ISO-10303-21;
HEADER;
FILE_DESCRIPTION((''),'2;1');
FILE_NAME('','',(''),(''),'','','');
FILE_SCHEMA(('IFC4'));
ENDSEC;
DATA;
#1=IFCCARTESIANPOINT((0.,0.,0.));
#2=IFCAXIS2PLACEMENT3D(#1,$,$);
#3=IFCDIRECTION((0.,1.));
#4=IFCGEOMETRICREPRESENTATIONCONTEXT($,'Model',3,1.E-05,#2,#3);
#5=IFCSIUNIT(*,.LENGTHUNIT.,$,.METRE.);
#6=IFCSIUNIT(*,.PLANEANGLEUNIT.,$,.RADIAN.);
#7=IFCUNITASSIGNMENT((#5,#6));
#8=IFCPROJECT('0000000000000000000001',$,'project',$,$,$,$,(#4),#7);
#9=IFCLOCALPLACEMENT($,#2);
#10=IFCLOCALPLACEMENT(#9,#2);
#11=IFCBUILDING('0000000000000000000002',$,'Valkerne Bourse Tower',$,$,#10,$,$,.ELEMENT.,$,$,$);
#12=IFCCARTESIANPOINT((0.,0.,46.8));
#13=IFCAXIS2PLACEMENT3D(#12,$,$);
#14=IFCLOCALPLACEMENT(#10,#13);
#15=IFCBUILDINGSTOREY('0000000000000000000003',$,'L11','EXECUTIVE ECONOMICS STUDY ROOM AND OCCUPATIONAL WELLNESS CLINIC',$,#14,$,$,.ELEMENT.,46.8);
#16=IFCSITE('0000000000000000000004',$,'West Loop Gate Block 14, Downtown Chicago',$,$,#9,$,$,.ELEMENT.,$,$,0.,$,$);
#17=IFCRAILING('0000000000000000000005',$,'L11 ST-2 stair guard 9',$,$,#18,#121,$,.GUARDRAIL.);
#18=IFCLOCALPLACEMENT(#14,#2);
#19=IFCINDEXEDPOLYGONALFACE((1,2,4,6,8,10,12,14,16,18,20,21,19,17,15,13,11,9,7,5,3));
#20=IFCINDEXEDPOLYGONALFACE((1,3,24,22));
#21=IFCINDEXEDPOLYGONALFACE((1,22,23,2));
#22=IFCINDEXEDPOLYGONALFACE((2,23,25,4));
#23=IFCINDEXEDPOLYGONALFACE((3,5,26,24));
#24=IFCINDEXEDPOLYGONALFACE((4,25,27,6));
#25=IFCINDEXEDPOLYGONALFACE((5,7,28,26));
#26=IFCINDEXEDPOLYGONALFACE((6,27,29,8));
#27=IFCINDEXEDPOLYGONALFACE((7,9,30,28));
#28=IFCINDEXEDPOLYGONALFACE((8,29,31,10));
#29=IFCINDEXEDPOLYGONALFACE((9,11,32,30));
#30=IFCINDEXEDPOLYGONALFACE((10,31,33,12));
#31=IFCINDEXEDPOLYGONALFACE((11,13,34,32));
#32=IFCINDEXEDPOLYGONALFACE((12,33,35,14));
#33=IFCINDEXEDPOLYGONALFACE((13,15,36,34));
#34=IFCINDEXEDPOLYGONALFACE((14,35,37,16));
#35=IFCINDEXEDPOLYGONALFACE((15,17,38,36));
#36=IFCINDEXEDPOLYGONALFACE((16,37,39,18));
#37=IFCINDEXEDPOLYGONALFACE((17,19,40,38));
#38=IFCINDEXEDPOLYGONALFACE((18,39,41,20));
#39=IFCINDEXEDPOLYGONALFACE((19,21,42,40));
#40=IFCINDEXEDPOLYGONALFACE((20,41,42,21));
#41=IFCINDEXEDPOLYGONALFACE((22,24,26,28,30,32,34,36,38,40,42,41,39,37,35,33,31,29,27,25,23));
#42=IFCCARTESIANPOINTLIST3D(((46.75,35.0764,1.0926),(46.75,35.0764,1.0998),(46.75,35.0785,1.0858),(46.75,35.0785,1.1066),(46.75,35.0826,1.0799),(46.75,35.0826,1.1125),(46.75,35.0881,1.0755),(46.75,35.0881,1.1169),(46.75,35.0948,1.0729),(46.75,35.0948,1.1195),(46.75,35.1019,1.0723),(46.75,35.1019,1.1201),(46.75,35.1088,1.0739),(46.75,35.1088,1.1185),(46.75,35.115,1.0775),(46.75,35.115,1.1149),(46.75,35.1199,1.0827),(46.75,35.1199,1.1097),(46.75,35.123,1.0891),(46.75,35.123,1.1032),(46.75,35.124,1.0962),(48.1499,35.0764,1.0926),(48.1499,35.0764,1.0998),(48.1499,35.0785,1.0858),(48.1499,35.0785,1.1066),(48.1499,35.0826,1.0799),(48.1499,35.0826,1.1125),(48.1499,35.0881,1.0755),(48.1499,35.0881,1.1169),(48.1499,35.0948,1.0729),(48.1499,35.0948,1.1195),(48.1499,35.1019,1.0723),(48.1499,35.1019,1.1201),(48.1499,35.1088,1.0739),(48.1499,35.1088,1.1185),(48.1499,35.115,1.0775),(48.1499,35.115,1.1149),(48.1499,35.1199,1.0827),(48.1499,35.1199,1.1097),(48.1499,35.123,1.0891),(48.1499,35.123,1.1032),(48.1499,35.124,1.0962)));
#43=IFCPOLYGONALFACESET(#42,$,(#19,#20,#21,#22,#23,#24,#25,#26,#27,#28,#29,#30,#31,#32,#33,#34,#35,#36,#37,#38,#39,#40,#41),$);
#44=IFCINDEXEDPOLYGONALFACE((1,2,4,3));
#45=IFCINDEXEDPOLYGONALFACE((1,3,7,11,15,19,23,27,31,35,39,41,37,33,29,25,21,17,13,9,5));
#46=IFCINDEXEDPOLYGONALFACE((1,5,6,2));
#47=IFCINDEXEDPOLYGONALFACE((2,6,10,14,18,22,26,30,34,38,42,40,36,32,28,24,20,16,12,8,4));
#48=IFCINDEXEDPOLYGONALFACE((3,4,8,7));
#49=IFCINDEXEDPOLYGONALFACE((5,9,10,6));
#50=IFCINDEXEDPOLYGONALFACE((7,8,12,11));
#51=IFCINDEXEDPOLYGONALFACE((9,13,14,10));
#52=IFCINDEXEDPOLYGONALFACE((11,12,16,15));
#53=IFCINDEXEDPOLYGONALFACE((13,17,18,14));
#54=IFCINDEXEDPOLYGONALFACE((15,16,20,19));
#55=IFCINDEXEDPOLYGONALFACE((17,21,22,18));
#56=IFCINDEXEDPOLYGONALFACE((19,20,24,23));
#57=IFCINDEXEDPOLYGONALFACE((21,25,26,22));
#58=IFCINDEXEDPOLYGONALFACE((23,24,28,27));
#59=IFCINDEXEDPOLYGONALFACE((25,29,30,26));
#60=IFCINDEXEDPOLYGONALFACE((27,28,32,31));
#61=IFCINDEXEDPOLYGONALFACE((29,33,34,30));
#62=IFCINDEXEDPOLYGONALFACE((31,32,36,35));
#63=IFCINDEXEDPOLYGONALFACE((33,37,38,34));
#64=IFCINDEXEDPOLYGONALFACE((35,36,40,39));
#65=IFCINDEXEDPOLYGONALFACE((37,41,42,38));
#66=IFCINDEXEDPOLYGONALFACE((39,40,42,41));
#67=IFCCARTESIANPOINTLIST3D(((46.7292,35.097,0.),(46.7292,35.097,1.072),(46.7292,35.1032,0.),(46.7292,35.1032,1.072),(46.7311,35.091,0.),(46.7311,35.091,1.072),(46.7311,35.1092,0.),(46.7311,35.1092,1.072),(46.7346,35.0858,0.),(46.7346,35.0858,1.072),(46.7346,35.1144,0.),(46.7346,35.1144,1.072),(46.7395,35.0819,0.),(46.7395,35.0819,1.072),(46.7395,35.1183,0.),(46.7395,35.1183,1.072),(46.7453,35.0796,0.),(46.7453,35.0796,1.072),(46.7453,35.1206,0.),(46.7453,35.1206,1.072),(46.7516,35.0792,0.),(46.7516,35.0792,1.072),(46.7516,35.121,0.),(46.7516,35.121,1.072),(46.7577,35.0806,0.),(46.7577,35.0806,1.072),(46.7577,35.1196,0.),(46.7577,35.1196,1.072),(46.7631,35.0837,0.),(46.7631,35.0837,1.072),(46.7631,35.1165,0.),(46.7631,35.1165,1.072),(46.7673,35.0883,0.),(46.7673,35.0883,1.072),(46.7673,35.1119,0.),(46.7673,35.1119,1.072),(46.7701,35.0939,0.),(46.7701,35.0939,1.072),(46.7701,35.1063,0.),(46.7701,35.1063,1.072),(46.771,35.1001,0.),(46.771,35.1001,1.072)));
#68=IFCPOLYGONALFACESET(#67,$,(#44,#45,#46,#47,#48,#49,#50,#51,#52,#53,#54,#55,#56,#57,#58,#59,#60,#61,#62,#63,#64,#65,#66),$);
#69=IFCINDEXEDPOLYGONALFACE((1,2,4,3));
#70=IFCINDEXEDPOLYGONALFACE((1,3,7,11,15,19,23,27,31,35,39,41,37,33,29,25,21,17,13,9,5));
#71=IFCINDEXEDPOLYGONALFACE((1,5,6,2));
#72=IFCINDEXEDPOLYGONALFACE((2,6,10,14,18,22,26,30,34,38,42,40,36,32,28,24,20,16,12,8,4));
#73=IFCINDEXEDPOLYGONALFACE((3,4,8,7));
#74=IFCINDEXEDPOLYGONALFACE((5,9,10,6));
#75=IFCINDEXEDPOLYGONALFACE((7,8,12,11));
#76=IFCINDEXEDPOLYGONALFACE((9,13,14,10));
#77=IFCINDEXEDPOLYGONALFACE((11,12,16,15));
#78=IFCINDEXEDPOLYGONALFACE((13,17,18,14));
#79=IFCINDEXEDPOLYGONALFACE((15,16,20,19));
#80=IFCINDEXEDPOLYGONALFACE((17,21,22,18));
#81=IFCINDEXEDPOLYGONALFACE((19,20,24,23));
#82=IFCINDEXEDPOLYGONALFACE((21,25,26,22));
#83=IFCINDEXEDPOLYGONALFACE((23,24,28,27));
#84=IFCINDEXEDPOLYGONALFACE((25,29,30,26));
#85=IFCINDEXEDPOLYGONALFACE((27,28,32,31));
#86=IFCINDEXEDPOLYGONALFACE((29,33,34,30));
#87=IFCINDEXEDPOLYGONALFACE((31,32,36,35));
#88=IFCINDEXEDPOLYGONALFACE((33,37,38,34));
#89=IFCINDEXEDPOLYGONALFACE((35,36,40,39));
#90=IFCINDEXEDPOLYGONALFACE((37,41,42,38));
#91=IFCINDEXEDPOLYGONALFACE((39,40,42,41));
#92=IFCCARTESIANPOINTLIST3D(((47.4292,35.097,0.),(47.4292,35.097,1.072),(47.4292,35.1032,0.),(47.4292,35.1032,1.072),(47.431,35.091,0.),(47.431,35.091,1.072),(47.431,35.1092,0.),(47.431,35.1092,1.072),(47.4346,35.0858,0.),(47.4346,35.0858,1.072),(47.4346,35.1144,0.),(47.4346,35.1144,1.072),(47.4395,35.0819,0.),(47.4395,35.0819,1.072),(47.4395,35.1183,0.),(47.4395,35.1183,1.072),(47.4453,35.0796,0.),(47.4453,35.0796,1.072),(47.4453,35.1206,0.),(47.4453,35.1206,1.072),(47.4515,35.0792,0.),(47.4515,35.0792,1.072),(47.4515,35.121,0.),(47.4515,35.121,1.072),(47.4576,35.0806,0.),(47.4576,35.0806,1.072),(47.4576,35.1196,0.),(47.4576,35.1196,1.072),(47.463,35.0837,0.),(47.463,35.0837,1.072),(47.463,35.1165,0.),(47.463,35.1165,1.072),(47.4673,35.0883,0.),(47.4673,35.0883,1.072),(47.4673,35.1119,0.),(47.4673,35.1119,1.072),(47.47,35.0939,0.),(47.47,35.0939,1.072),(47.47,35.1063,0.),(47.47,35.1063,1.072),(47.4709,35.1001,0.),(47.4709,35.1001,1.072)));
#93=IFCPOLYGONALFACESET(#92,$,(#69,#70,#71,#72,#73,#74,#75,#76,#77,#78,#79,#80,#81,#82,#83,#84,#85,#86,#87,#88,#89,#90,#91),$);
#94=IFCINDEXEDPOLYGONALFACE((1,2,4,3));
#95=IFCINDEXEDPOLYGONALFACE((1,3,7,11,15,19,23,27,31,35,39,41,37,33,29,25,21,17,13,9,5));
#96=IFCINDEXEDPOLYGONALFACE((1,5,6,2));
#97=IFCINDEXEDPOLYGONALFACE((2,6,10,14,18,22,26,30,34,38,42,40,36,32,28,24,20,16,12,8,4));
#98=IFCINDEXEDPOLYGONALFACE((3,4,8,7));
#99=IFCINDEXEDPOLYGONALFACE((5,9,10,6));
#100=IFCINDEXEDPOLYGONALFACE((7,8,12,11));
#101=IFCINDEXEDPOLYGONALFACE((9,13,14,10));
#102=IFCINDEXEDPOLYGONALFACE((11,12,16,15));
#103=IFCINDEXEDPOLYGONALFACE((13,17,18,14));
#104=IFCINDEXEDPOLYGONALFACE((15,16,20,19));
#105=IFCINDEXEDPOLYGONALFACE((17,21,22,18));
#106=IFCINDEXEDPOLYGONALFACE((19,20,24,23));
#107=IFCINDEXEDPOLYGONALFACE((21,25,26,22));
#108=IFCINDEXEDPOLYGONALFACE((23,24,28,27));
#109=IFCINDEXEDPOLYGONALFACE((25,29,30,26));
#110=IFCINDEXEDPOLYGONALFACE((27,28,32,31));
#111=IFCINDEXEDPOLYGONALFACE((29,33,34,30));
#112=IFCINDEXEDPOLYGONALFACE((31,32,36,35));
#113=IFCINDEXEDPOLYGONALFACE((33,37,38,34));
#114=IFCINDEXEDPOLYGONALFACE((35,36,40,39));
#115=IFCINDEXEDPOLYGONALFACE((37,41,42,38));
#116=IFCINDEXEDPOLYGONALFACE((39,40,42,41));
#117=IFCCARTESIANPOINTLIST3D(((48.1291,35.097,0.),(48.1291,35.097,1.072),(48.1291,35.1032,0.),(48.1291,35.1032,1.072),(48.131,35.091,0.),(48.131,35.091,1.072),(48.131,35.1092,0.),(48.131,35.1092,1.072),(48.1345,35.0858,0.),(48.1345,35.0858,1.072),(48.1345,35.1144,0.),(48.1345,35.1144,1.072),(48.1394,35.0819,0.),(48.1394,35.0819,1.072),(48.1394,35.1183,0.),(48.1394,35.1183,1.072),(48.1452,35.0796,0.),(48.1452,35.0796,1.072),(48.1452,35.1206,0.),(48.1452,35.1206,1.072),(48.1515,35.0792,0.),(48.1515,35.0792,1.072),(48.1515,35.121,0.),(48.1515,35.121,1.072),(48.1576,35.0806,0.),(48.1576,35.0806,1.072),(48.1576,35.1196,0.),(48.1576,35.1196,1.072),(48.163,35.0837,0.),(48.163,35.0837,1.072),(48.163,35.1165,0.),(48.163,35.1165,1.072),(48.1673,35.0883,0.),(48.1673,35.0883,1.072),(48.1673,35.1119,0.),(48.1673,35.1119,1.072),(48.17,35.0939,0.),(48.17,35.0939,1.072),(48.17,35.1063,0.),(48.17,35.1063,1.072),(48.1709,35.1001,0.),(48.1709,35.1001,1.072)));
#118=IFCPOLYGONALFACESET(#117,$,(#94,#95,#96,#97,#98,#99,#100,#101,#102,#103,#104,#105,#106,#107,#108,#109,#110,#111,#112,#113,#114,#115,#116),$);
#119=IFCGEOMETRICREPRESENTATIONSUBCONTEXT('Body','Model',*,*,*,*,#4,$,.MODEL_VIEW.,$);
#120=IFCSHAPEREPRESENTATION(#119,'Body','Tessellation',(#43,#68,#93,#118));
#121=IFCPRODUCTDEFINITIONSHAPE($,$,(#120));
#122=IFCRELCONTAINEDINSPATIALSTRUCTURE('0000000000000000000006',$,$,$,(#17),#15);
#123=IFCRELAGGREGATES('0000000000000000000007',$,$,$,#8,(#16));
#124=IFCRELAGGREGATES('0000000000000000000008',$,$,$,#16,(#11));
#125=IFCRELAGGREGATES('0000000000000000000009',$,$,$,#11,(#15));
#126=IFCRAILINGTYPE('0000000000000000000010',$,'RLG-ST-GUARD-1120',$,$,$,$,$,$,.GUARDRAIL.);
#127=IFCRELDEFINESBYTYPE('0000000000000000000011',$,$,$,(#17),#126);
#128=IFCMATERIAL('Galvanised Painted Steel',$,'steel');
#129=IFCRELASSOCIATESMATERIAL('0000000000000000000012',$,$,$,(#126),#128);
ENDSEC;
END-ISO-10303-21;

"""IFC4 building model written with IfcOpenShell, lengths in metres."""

from ifc_helpers import new_model, si_unit, direction, frame, origin, origin_2d, place, context, subcontext, project, spatial, circle, extrude, material, type_object, element, save


model = new_model("IFC4")

# Units and contexts
model_context = context("Model", 3, precision=1e-05, world=origin(), true_north=direction((0.0, 1.0)))
body_context = subcontext(model_context, "Body", "Model", "MODEL_VIEW")
ifc_project = project(units=[si_unit("LENGTHUNIT", "METRE"), si_unit("PLANEANGLEUNIT", "RADIAN")], contexts=[model_context])

# Site, building, storey
site_placement = place(None, origin())
site = spatial("IfcSite", under=ifc_project, at=site_placement, Name="West Loop Gate Block 14, Downtown Chicago", CompositionType="ELEMENT", RefElevation=0.0)
building_placement = place(site_placement, origin())
building = spatial("IfcBuilding", under=site, at=building_placement, Name="Valkerne Bourse Tower", CompositionType="ELEMENT")
storey_placement = place(building_placement, frame((0.0, 0.0, 46.8)))
storey = spatial("IfcBuildingStorey", under=building, at=storey_placement, Name="L11", Description="EXECUTIVE ECONOMICS STUDY ROOM AND OCCUPATIONAL WELLNESS CLINIC", CompositionType="ELEMENT", Elevation=46.8)

# Shared definitions
ifc_material_1 = material(Name="Galvanised Painted Steel", Category="steel")

# Railing
railing_type_1 = type_object("IfcRailingType", Name="RLG-ST-GUARD-1120", PredefinedType="GUARDRAIL", material=ifc_material_1)
for number, where, name in (
    (1, (46.75, 35.1001, 0.0), "L11 ST-2 stair guard 9"),
):
    element("IfcRailing", number, at=place(storey_placement, frame(where)), inside=storey, type_object=railing_type_1, Name=name, PredefinedType="GUARDRAIL", context=body_context, shape_type="SweptSolid", body=[
        extrude(circle(Radius=0.0239, at=origin_2d()), frame((0.0, 0.0, 1.0962), z_axis=(1.0, 0.0, 0.0), x_axis=(0.0, 1.0, 0.0)), (0.0, 0.0, 1.0), 1.3999),
        extrude(circle(Radius=0.021, at=origin_2d()), origin(), (0.0, 0.0, 1.0), 1.072),
        extrude(circle(Radius=0.021, at=origin_2d()), frame((0.7, 0.0, 0.0)), (0.0, 0.0, 1.0), 1.072),
        extrude(circle(Radius=0.021, at=origin_2d()), frame((1.3999, 0.0, 0.0)), (0.0, 0.0, 1.0), 1.072),
    ])

save(model, "model.ifc")
